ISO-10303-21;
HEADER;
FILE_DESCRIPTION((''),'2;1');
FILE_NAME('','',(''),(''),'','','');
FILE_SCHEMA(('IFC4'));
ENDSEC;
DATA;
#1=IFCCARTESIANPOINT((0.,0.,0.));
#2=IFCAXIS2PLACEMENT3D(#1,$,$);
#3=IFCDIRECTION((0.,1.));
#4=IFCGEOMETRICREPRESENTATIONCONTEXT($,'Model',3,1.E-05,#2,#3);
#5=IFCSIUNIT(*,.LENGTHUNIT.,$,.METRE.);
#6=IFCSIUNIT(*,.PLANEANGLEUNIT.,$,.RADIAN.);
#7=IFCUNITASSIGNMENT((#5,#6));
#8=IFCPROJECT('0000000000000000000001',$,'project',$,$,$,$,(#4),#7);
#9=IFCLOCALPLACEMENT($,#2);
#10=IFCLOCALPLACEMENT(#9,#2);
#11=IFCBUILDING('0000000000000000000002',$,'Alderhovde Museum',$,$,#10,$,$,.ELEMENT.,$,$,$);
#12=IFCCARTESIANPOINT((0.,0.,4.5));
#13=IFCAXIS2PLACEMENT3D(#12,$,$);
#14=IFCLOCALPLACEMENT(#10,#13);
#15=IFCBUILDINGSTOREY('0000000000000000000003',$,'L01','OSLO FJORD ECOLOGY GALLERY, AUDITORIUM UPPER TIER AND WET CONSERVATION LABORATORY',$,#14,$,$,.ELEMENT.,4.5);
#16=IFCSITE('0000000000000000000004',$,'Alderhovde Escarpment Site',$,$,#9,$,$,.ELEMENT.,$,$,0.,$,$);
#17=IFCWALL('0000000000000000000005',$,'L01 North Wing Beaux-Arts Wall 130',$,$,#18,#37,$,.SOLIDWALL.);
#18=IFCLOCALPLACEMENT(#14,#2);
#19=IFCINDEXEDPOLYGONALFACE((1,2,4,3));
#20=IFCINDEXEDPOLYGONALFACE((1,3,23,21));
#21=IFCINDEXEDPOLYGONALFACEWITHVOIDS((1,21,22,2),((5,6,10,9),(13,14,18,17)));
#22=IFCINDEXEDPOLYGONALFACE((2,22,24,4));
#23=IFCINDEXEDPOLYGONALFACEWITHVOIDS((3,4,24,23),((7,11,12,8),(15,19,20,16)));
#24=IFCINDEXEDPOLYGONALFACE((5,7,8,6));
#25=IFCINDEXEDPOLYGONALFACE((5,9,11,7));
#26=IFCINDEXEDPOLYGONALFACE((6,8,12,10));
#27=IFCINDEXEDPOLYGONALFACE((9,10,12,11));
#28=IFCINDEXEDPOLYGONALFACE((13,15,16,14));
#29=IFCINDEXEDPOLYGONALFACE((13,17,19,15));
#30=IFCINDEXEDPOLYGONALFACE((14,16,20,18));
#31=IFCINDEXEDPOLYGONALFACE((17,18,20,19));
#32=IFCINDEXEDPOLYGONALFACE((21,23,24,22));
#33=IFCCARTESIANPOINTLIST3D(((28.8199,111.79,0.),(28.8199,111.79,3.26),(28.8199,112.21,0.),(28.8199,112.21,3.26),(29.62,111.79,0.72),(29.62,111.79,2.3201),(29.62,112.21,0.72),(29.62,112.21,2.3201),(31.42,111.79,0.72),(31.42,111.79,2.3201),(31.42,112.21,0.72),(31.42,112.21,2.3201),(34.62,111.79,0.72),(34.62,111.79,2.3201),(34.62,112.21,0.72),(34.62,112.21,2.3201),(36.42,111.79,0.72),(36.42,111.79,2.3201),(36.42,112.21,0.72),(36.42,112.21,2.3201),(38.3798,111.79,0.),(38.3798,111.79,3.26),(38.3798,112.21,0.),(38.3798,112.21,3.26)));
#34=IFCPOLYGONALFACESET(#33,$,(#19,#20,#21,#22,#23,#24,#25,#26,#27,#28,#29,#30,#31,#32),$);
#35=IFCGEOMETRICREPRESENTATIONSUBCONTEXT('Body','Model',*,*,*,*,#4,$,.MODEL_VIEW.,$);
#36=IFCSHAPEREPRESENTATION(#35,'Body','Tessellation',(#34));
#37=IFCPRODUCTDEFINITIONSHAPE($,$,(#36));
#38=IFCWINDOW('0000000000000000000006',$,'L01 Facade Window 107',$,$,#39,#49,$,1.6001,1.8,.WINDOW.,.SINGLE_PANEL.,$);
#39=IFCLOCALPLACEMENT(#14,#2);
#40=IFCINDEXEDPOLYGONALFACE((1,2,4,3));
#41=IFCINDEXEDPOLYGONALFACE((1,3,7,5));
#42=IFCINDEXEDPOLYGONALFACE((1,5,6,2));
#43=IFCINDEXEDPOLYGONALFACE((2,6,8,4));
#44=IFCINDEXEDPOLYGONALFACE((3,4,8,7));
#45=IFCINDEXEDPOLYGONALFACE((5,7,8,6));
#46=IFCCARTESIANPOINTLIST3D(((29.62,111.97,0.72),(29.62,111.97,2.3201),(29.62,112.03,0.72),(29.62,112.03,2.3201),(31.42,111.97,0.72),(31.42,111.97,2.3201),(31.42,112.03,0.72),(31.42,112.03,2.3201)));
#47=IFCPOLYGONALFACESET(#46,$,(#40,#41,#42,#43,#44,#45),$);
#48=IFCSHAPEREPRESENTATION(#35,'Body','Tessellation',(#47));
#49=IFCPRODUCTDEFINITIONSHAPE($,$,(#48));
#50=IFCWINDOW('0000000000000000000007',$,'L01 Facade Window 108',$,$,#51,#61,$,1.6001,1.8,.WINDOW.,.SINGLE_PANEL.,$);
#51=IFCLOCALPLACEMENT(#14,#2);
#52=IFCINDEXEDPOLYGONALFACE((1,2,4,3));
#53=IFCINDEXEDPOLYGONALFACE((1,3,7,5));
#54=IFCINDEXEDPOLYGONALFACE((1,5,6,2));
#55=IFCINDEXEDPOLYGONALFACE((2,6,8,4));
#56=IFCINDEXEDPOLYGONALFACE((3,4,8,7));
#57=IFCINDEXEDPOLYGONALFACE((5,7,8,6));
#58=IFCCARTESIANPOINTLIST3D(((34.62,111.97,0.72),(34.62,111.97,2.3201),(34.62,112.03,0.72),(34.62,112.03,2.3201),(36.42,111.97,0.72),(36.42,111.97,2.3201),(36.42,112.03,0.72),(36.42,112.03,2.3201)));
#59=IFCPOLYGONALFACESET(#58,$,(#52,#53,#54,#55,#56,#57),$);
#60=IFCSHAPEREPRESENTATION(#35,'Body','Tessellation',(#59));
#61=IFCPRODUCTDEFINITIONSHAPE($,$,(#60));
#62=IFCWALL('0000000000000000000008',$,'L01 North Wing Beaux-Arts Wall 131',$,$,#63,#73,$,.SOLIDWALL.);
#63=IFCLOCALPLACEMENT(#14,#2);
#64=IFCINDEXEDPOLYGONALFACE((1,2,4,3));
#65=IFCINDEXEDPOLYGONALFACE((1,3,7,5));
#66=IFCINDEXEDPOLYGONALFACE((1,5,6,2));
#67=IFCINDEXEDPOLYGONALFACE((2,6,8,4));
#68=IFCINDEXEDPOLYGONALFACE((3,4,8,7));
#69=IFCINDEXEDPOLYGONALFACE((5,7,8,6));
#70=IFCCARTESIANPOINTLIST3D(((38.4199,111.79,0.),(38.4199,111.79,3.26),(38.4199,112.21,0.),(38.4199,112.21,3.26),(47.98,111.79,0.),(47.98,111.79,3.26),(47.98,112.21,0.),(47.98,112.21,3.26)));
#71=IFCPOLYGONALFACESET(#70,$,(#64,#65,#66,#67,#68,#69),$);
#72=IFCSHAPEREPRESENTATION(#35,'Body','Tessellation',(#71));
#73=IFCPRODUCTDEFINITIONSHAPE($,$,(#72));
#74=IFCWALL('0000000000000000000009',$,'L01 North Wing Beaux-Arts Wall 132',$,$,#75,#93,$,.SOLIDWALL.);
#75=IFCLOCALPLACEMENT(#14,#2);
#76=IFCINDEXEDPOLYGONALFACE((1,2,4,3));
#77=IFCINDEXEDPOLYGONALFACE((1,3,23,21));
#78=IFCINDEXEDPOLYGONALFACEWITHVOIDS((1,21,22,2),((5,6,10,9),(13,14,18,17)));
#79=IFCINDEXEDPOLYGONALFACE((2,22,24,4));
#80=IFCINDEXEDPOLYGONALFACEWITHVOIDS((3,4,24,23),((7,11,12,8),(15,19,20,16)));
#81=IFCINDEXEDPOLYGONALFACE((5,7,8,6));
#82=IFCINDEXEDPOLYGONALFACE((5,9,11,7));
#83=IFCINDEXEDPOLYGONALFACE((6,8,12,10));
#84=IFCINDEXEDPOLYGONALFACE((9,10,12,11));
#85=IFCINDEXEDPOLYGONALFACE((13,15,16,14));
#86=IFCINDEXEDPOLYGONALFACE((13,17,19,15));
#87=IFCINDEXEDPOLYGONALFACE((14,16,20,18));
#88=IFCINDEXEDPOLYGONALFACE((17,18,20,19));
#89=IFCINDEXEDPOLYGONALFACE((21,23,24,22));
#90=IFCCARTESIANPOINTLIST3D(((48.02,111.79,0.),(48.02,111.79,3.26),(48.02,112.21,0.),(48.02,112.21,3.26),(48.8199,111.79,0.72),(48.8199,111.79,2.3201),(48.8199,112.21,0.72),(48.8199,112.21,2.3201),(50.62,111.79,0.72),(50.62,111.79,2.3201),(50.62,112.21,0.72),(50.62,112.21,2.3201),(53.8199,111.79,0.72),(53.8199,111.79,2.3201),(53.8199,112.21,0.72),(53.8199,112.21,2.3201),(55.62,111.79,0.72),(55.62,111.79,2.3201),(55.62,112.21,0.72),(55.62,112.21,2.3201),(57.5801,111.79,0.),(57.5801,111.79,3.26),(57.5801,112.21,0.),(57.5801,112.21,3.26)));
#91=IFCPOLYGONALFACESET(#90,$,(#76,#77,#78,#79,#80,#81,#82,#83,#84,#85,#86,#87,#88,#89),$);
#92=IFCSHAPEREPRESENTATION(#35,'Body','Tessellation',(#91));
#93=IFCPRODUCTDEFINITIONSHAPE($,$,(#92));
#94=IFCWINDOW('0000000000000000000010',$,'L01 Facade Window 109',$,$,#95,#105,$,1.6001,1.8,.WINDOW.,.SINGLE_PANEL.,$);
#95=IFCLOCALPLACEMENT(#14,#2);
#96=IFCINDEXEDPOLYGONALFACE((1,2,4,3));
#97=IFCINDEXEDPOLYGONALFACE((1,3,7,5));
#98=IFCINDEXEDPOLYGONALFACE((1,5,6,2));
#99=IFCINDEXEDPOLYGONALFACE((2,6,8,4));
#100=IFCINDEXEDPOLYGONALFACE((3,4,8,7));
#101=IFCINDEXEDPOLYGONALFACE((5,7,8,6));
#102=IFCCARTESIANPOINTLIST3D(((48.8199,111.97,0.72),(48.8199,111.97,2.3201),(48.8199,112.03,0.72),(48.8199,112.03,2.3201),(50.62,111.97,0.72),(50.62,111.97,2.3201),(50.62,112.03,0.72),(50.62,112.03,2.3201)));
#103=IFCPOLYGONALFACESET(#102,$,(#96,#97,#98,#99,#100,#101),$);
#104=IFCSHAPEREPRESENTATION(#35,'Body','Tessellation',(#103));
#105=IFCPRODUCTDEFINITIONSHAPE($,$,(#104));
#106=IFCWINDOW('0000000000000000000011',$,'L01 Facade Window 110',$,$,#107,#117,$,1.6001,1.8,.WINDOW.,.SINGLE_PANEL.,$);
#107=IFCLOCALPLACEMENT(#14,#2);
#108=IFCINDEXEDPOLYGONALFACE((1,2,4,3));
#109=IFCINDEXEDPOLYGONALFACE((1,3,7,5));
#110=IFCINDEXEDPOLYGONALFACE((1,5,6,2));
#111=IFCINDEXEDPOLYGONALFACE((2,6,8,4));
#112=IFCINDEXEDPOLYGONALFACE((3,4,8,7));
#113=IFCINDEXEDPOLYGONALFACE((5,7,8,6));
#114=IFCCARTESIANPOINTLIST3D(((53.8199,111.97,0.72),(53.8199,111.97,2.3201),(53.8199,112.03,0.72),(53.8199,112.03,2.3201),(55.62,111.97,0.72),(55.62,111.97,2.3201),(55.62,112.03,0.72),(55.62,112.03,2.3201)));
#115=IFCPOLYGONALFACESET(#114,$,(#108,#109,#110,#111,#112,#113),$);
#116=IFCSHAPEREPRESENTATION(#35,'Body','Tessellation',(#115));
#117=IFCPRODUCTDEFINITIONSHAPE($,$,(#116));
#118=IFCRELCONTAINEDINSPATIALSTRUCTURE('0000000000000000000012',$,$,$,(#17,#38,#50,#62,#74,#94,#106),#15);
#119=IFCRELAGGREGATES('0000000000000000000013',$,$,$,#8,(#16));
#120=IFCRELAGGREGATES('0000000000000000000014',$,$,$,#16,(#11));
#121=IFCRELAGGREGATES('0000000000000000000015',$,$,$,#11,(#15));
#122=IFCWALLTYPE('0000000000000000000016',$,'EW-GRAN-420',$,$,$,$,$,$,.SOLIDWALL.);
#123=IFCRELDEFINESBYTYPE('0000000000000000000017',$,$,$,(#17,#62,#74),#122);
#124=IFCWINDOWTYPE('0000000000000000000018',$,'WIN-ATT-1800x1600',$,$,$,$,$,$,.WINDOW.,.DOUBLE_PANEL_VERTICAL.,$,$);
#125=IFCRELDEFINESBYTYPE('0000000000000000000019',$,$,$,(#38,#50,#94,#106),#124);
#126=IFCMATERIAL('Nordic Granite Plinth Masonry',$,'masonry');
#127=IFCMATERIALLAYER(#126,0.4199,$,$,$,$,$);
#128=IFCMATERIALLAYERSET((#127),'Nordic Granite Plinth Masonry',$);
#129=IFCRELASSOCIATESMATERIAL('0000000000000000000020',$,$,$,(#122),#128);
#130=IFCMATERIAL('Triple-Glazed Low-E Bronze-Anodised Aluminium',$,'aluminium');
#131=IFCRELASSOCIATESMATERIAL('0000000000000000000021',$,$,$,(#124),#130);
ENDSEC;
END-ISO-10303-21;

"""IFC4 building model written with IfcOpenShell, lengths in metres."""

from ifc_helpers import new_model, si_unit, direction, frame, frame_2d, origin, place, context, subcontext, project, spatial, rectangle, extrude, material, layer, layer_set, type_object, element, fill, save


model = new_model("IFC4")

# Units and contexts
model_context = context("Model", 3, precision=1e-05, world=origin(), true_north=direction((0.0, 1.0)))
body_context = subcontext(model_context, "Body", "Model", "MODEL_VIEW")
ifc_project = project(units=[si_unit("LENGTHUNIT", "METRE"), si_unit("PLANEANGLEUNIT", "RADIAN")], contexts=[model_context])

# Site, building, storey
site_placement = place(None, origin())
site = spatial("IfcSite", under=ifc_project, at=site_placement, Name="Alderhovde Escarpment Site", CompositionType="ELEMENT", RefElevation=0.0)
building_placement = place(site_placement, origin())
building = spatial("IfcBuilding", under=site, at=building_placement, Name="Alderhovde Museum", CompositionType="ELEMENT")
storey_placement = place(building_placement, frame((0.0, 0.0, 4.5)))
storey = spatial("IfcBuildingStorey", under=building, at=storey_placement, Name="L01", Description="OSLO FJORD ECOLOGY GALLERY, AUDITORIUM UPPER TIER AND WET CONSERVATION LABORATORY", CompositionType="ELEMENT", Elevation=4.5)

# Wall, openings, windows
ifc_material_1 = material(Name="Nordic Granite Plinth Masonry", Category="masonry")
ifc_layer_1 = layer(ifc_material_1, 0.4199)
ifc_layer_set_1 = layer_set([ifc_layer_1], Name="Nordic Granite Plinth Masonry")
wall_type = type_object("IfcWallType", Name="EW-GRAN-420", PredefinedType="SOLIDWALL", material=ifc_layer_set_1)
wall_1_placement = place(storey_placement, frame((28.8201, 112.0, 0.0), z_axis=(0.0, 0.0, 1.0), x_axis=(1.0, 0.0, 0.0)))
wall_1 = element("IfcWall", 1, at=wall_1_placement, inside=storey, type_object=wall_type, Name="L01 North Wing Beaux-Arts Wall 130", PredefinedType="SOLIDWALL", context=body_context, shape_type="SweptSolid", body=[
    extrude(rectangle(XDim=9.5598, YDim=0.4199, at=frame_2d((4.7798, 0.0))), origin(), (0.0, 0.0, 1.0), 3.26),
])
opening_1_placement = place(wall_1_placement, frame((0.8, 0.0, 0.72)))
opening_1 = element("IfcOpeningElement", 2, at=opening_1_placement, cuts=wall_1, PredefinedType="OPENING", context=body_context, shape_type="SweptSolid", body=[
    extrude(rectangle(XDim=1.8, YDim=1.6001, at=frame_2d((0.8999, 0.8))), frame((0.0, 0.22, 0.0), z_axis=(0.0, -1.0, 0.0), x_axis=(1.0, 0.0, 0.0)), (0.0, 0.0, 1.0), 0.4399),
])
opening_2_placement = place(wall_1_placement, frame((5.8, 0.0, 0.72)))
opening_2 = element("IfcOpeningElement", 3, at=opening_2_placement, cuts=wall_1, PredefinedType="OPENING", context=body_context, shape_type="SweptSolid", body=[
    extrude(rectangle(XDim=1.8, YDim=1.6001, at=frame_2d((0.8999, 0.8))), frame((0.0, 0.22, 0.0), z_axis=(0.0, -1.0, 0.0), x_axis=(1.0, 0.0, 0.0)), (0.0, 0.0, 1.0), 0.4399),
])
ifc_material_2 = material(Name="Triple-Glazed Low-E Bronze-Anodised Aluminium", Category="aluminium")
window_type = type_object("IfcWindowType", Name="WIN-ATT-1800x1600", PartitioningType="DOUBLE_PANEL_VERTICAL", PredefinedType="WINDOW", material=ifc_material_2)
window_1_placement = place(opening_1_placement, origin())
window_1 = element("IfcWindow", 4, at=window_1_placement, inside=storey, type_object=window_type, Name="L01 Facade Window 107", OverallHeight=1.6001, OverallWidth=1.8, PartitioningType="SINGLE_PANEL", PredefinedType="WINDOW", context=body_context, shape_type="SweptSolid", body=[
    extrude(rectangle(XDim=1.8, YDim=1.6001, at=frame_2d((0.8999, 0.8))), frame((0.0, 0.03, 0.0), z_axis=(0.0, -1.0, 0.0), x_axis=(1.0, 0.0, 0.0)), (0.0, 0.0, 1.0), 0.0601),
])
fill(opening_1, window_1)
window_2_placement = place(opening_2_placement, origin())
window_2 = element("IfcWindow", 5, at=window_2_placement, inside=storey, type_object=window_type, Name="L01 Facade Window 108", OverallHeight=1.6001, OverallWidth=1.8, PartitioningType="SINGLE_PANEL", PredefinedType="WINDOW", context=body_context, shape_type="SweptSolid", body=[
    extrude(rectangle(XDim=1.8, YDim=1.6001, at=frame_2d((0.8999, 0.8))), frame((0.0, 0.03, 0.0), z_axis=(0.0, -1.0, 0.0), x_axis=(1.0, 0.0, 0.0)), (0.0, 0.0, 1.0), 0.0601),
])
fill(opening_2, window_2)

# Wall
wall_2_placement = place(storey_placement, frame((38.4199, 112.0, 0.0), z_axis=(0.0, 0.0, 1.0), x_axis=(1.0, 0.0, 0.0)))
element("IfcWall", 6, at=wall_2_placement, inside=storey, type_object=wall_type, Name="L01 North Wing Beaux-Arts Wall 131", PredefinedType="SOLIDWALL", context=body_context, shape_type="SweptSolid", body=[
    extrude(rectangle(XDim=9.5601, YDim=0.4199, at=frame_2d((4.78, 0.0))), origin(), (0.0, 0.0, 1.0), 3.26),
])

# Wall, openings, windows
wall_3_placement = place(storey_placement, frame((48.02, 112.0, 0.0), z_axis=(0.0, 0.0, 1.0), x_axis=(1.0, 0.0, 0.0)))
wall_3 = element("IfcWall", 7, at=wall_3_placement, inside=storey, type_object=wall_type, Name="L01 North Wing Beaux-Arts Wall 132", PredefinedType="SOLIDWALL", context=body_context, shape_type="SweptSolid", body=[
    extrude(rectangle(XDim=9.5601, YDim=0.4199, at=frame_2d((4.78, 0.0))), origin(), (0.0, 0.0, 1.0), 3.26),
])
opening_3_placement = place(wall_3_placement, frame((0.8, 0.0, 0.72)))
opening_3 = element("IfcOpeningElement", 8, at=opening_3_placement, cuts=wall_3, PredefinedType="OPENING", context=body_context, shape_type="SweptSolid", body=[
    extrude(rectangle(XDim=1.8, YDim=1.6001, at=frame_2d((0.8999, 0.8))), frame((0.0, 0.22, 0.0), z_axis=(0.0, -1.0, 0.0), x_axis=(1.0, 0.0, 0.0)), (0.0, 0.0, 1.0), 0.4399),
])
opening_4_placement = place(wall_3_placement, frame((5.8, 0.0, 0.72)))
opening_4 = element("IfcOpeningElement", 9, at=opening_4_placement, cuts=wall_3, PredefinedType="OPENING", context=body_context, shape_type="SweptSolid", body=[
    extrude(rectangle(XDim=1.8, YDim=1.6001, at=frame_2d((0.8999, 0.8))), frame((0.0, 0.22, 0.0), z_axis=(0.0, -1.0, 0.0), x_axis=(1.0, 0.0, 0.0)), (0.0, 0.0, 1.0), 0.4399),
])
window_3_placement = place(opening_3_placement, origin())
window_3 = element("IfcWindow", 10, at=window_3_placement, inside=storey, type_object=window_type, Name="L01 Facade Window 109", OverallHeight=1.6001, OverallWidth=1.8, PartitioningType="SINGLE_PANEL", PredefinedType="WINDOW", context=body_context, shape_type="SweptSolid", body=[
    extrude(rectangle(XDim=1.8, YDim=1.6001, at=frame_2d((0.8999, 0.8))), frame((0.0, 0.03, 0.0), z_axis=(0.0, -1.0, 0.0), x_axis=(1.0, 0.0, 0.0)), (0.0, 0.0, 1.0), 0.0601),
])
fill(opening_3, window_3)
window_4_placement = place(opening_4_placement, origin())
window_4 = element("IfcWindow", 11, at=window_4_placement, inside=storey, type_object=window_type, Name="L01 Facade Window 110", OverallHeight=1.6001, OverallWidth=1.8, PartitioningType="SINGLE_PANEL", PredefinedType="WINDOW", context=body_context, shape_type="SweptSolid", body=[
    extrude(rectangle(XDim=1.8, YDim=1.6001, at=frame_2d((0.8999, 0.8))), frame((0.0, 0.03, 0.0), z_axis=(0.0, -1.0, 0.0), x_axis=(1.0, 0.0, 0.0)), (0.0, 0.0, 1.0), 0.0601),
])
fill(opening_4, window_4)

save(model, "model.ifc")
